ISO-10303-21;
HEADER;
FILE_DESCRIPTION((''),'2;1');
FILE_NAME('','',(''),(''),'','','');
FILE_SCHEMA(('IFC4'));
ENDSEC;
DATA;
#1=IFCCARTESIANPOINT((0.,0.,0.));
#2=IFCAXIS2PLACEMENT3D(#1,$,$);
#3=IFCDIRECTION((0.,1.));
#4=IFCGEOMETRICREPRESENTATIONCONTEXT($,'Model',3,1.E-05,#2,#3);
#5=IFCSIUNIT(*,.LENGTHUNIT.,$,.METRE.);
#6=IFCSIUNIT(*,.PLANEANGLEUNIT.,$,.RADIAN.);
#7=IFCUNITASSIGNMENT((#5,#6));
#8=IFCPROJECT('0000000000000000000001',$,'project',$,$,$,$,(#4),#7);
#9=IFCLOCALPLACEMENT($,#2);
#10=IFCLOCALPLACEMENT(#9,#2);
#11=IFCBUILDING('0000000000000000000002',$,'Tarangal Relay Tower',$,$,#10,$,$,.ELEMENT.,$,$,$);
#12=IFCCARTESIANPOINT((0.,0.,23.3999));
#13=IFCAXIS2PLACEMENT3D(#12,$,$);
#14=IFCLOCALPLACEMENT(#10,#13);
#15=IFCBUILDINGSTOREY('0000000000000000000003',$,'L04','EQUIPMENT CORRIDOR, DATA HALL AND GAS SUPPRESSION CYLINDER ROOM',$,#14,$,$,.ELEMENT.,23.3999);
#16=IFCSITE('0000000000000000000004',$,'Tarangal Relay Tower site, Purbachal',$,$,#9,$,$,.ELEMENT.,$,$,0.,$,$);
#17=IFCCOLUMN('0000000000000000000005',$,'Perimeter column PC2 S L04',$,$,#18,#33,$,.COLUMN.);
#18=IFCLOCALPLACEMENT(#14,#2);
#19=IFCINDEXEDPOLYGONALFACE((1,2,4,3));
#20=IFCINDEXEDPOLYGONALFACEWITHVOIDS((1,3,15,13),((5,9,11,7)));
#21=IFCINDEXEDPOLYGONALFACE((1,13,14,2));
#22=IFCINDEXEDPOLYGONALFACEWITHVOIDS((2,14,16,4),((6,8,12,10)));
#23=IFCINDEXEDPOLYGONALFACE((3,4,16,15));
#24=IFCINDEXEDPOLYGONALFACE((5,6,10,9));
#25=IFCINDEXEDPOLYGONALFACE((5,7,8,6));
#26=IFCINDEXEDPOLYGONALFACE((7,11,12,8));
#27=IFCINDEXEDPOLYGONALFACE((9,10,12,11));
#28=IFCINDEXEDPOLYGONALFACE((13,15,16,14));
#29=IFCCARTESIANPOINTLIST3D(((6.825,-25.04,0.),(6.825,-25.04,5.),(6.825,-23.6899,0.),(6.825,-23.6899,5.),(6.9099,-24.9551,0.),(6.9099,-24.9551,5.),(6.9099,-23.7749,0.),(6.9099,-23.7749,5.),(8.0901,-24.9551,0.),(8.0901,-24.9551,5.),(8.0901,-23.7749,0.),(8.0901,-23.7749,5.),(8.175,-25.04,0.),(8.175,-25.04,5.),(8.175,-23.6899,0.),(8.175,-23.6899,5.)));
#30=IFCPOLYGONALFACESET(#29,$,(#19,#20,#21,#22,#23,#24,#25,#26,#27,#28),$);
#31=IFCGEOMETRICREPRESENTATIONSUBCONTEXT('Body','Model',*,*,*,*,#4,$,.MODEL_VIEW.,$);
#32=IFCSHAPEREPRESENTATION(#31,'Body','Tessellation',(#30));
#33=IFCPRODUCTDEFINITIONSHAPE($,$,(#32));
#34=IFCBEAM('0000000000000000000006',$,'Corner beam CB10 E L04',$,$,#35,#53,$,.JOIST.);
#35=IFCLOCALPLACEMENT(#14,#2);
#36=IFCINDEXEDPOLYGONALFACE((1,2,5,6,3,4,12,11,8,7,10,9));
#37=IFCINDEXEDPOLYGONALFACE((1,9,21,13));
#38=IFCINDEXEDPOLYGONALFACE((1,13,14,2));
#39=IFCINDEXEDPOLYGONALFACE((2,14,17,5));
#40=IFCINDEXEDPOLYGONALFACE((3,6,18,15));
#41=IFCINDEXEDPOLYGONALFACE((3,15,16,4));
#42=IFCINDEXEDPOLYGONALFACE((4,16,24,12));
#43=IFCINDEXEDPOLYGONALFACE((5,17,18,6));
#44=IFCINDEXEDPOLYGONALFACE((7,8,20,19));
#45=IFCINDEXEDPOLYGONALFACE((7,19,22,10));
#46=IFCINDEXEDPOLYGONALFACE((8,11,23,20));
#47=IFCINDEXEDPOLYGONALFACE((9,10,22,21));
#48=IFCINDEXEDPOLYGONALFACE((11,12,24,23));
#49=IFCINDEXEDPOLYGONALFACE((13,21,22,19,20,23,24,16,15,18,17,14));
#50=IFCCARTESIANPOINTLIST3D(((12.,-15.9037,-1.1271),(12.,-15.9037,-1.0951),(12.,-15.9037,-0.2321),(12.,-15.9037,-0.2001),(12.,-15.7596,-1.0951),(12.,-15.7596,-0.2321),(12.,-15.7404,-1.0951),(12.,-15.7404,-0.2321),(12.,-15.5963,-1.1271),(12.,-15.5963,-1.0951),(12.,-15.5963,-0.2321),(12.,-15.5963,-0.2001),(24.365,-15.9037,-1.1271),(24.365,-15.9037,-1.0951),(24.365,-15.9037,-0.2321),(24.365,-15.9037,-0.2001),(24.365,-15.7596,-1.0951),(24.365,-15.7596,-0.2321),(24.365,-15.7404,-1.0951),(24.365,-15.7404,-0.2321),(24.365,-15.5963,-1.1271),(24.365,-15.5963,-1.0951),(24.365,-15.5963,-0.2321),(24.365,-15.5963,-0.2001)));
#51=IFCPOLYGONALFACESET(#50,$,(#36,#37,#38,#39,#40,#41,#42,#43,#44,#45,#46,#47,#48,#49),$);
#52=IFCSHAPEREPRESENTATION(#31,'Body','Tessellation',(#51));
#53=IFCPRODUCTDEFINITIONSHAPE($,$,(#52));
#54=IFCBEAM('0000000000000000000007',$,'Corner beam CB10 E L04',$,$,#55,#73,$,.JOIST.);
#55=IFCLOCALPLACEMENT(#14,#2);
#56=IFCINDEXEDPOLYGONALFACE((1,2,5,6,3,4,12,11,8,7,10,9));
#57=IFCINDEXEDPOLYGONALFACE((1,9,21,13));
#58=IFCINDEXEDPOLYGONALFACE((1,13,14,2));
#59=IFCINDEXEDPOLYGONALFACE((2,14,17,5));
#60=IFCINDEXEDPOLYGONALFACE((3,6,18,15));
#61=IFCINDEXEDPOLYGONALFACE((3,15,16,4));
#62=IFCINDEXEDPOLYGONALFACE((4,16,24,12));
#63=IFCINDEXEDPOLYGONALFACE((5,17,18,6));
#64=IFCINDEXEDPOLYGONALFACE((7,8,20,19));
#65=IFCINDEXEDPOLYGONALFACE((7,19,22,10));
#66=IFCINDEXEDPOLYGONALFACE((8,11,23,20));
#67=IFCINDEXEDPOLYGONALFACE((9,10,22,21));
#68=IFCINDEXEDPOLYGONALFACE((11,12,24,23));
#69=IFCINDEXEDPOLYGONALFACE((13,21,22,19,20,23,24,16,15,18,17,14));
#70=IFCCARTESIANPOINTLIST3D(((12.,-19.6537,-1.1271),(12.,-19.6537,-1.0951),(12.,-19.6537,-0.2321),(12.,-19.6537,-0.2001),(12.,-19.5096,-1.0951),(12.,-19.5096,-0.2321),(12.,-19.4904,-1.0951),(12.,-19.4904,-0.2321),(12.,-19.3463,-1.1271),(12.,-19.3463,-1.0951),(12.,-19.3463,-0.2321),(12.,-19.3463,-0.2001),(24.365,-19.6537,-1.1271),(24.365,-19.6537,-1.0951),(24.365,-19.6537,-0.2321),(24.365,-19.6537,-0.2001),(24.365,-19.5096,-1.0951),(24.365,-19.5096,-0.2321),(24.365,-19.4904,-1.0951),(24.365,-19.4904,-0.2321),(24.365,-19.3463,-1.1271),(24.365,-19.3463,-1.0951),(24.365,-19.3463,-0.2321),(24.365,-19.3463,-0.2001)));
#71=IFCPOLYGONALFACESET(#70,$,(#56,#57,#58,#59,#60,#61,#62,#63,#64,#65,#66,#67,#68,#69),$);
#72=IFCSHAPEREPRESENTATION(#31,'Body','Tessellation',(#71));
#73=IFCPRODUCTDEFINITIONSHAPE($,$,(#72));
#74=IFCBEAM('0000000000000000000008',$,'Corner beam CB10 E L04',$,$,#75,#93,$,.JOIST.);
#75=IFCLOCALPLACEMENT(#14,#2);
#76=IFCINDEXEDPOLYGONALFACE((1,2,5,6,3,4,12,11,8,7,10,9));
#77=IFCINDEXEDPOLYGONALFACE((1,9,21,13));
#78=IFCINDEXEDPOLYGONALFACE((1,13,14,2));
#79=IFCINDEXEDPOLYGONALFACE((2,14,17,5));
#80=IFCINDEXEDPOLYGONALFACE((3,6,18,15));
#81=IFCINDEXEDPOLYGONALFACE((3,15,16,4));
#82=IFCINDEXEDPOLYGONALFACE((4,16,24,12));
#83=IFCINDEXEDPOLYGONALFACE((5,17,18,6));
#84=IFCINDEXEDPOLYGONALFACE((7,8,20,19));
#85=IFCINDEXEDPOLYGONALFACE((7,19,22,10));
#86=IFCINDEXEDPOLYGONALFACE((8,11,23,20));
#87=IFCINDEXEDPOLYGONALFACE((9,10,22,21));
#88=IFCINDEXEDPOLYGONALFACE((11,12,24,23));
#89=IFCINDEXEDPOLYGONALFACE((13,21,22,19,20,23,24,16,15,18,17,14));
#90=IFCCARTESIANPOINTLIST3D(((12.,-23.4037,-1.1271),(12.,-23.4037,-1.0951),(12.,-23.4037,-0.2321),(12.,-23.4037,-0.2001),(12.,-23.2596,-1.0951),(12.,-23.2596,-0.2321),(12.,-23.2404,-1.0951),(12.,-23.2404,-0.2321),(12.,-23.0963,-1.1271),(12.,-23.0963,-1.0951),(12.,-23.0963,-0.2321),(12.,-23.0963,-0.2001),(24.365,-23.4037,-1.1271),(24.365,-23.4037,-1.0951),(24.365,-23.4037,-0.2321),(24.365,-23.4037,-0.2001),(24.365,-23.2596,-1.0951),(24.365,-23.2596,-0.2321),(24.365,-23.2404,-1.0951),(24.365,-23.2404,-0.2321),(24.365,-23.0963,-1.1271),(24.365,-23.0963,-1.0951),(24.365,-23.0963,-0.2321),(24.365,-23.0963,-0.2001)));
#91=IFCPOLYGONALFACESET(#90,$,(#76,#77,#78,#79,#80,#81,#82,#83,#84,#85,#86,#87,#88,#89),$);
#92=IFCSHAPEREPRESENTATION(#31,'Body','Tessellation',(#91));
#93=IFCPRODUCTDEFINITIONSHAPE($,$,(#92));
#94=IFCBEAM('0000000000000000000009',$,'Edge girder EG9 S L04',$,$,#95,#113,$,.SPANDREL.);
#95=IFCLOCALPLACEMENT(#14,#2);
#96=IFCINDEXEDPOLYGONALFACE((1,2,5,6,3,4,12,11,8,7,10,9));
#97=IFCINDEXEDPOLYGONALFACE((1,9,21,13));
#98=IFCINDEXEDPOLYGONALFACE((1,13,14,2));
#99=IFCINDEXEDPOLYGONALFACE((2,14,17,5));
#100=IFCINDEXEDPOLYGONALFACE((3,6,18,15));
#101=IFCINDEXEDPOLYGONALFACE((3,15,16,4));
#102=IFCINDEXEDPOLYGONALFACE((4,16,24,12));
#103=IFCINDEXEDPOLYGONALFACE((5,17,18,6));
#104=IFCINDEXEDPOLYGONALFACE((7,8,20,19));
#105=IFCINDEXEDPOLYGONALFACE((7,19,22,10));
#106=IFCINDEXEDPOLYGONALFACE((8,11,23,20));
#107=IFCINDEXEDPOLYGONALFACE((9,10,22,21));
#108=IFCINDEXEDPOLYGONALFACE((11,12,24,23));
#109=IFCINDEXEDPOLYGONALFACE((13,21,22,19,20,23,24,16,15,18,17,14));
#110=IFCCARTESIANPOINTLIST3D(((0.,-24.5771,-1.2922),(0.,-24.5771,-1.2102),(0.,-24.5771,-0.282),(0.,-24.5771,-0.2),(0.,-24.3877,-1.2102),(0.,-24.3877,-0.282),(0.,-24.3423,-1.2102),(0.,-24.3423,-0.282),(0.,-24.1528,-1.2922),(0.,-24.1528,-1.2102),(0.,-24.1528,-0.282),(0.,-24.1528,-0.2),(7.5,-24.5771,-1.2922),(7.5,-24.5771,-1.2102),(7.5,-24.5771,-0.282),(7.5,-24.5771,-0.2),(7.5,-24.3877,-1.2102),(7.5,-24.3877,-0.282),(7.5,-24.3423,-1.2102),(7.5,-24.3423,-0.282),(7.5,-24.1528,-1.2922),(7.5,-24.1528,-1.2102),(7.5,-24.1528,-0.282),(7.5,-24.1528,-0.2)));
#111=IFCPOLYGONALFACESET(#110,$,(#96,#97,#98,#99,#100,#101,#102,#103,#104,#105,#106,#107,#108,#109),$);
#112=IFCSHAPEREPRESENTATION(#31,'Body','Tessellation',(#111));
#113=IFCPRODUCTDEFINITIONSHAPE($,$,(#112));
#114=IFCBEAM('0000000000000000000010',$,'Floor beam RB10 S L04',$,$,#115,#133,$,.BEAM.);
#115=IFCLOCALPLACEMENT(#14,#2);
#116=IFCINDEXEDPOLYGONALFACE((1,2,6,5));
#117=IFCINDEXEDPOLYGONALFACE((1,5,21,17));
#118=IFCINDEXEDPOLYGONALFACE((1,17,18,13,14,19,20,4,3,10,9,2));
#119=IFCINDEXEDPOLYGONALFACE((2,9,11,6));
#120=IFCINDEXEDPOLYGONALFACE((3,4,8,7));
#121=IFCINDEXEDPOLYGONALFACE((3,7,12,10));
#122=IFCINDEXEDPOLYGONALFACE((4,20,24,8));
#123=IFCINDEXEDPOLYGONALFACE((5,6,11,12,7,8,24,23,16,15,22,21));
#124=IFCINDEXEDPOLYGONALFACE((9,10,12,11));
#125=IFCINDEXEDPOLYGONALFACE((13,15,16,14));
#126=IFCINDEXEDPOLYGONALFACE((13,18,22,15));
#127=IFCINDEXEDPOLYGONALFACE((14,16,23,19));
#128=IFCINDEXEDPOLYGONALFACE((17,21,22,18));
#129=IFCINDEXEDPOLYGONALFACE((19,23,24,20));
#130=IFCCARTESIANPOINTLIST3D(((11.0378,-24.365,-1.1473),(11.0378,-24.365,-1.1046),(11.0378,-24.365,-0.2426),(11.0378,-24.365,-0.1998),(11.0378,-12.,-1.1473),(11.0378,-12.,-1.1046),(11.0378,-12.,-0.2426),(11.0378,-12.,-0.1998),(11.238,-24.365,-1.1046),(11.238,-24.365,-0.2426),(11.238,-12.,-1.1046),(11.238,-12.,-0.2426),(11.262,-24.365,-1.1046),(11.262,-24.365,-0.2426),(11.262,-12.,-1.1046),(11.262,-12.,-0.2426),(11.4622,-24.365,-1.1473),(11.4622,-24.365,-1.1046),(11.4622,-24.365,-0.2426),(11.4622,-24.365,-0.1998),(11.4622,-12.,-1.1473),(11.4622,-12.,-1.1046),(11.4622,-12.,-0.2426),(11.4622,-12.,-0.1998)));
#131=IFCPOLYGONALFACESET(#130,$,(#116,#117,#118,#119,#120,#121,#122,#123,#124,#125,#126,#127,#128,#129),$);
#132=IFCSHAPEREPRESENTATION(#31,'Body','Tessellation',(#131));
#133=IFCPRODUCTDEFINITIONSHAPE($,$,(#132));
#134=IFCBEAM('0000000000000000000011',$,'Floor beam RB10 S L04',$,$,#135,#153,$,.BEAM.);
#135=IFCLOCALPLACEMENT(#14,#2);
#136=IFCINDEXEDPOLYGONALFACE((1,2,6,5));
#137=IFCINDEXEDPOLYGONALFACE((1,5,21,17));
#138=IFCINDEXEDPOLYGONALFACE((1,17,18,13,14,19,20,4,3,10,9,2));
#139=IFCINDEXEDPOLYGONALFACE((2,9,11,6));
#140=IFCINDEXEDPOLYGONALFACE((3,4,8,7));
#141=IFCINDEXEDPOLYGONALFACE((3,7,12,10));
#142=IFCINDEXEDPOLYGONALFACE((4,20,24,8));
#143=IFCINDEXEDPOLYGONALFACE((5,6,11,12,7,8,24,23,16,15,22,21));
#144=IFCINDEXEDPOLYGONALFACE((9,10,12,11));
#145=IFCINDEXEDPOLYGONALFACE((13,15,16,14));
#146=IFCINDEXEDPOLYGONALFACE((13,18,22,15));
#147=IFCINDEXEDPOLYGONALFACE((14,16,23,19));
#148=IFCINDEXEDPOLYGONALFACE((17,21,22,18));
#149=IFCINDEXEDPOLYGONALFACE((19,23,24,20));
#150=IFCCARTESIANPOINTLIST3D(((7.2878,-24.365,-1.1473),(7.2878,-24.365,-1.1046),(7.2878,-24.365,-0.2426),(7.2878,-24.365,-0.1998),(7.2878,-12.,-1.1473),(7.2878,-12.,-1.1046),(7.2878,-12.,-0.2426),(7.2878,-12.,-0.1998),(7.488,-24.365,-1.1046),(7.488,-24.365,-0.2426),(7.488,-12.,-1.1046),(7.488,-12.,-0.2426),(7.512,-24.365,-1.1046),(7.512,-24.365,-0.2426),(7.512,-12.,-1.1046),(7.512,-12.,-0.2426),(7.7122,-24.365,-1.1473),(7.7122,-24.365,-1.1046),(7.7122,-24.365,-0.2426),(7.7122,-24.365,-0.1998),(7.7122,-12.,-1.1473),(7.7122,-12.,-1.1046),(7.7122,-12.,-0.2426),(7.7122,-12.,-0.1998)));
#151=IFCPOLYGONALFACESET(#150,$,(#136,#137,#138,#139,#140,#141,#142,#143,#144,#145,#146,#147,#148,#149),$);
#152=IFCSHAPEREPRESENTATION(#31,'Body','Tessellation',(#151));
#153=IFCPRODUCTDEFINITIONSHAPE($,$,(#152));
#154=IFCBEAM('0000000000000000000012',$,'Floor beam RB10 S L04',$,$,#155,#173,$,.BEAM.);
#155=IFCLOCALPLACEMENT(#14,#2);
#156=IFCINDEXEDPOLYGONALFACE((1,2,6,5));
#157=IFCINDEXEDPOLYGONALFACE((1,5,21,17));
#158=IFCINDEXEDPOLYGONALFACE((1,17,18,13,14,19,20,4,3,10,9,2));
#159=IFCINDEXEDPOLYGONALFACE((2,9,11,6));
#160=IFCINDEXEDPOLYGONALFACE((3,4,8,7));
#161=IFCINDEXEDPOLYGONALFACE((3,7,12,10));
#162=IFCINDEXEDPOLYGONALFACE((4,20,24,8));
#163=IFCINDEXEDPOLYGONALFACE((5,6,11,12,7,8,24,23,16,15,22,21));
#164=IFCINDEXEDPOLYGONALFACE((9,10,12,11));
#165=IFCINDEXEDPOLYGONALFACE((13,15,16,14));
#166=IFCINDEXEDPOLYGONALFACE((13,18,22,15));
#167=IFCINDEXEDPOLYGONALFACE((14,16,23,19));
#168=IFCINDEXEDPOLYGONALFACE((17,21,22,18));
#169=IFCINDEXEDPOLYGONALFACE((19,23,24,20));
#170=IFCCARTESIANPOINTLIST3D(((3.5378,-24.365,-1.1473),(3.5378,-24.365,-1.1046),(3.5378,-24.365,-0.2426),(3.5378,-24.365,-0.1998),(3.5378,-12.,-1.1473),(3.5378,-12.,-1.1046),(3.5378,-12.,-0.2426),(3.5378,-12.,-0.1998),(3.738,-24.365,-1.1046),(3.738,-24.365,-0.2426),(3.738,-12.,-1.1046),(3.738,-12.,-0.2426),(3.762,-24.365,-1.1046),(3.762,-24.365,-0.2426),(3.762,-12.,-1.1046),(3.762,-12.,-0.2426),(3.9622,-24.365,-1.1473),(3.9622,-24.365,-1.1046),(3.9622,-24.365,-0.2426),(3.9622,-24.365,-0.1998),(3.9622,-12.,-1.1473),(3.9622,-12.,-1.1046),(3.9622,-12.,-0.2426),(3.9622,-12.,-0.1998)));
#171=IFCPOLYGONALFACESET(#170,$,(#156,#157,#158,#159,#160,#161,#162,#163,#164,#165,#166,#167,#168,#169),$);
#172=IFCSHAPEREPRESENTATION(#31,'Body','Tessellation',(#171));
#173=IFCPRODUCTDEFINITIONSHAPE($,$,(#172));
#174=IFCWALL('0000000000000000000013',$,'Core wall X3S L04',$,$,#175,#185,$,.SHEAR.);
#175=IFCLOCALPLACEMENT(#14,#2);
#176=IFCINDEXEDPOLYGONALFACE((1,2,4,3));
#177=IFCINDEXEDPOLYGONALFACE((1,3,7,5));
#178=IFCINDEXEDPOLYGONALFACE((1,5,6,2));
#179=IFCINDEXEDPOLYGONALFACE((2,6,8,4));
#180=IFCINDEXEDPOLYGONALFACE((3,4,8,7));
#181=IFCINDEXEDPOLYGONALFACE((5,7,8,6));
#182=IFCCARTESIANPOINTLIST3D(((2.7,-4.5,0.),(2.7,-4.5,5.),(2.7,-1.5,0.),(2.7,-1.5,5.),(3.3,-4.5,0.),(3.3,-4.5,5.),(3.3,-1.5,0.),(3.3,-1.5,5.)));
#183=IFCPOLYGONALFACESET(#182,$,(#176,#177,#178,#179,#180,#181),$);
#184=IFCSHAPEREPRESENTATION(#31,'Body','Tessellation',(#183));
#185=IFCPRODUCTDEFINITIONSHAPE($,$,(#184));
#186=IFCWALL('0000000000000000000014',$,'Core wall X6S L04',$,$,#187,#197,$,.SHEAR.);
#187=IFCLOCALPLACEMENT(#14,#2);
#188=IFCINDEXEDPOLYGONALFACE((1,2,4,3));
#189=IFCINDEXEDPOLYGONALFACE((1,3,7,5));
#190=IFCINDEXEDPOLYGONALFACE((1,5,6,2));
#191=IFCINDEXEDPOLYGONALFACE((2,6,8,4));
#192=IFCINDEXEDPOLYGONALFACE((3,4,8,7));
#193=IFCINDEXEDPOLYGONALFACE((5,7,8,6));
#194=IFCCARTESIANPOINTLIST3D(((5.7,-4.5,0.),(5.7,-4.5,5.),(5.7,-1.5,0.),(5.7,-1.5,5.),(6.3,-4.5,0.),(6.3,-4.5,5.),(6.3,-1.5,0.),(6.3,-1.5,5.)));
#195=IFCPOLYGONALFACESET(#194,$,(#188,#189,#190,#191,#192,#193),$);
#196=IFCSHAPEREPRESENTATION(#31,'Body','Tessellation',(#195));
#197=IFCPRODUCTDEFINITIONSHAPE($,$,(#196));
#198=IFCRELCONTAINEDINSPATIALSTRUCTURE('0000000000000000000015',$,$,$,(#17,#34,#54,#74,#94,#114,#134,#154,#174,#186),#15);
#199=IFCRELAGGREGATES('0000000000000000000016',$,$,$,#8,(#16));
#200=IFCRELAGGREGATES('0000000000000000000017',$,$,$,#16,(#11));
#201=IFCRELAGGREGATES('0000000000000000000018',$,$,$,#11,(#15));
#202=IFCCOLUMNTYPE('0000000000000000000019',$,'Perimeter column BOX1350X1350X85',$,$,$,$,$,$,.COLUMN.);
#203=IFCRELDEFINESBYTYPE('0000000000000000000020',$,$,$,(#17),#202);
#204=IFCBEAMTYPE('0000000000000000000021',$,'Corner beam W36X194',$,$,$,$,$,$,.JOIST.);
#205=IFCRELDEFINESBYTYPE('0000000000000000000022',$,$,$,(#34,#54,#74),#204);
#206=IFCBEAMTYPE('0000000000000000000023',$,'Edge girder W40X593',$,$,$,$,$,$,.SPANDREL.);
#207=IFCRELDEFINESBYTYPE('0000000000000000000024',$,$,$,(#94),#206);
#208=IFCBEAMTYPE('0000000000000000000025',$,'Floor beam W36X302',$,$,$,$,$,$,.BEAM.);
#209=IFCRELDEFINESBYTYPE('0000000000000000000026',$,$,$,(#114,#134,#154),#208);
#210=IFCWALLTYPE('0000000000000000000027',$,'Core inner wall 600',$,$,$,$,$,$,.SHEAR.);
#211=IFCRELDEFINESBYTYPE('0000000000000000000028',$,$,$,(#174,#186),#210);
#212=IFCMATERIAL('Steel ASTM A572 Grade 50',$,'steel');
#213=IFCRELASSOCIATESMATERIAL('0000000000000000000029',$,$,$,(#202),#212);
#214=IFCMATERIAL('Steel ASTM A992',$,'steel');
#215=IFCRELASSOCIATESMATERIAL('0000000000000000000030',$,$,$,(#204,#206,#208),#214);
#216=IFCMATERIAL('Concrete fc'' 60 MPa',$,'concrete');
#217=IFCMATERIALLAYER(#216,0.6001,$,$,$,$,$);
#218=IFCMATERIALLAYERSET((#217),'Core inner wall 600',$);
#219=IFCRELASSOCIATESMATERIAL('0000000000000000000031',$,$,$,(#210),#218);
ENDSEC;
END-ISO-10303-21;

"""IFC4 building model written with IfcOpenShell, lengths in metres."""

from ifc_helpers import new_model, si_unit, direction, frame, frame_2d, origin, origin_2d, place, context, subcontext, project, spatial, rectangle, hollow_rectangle, i_section, extrude, material, layer, layer_set, material_profile, profile_set, type_object, element, save


model = new_model("IFC4")

# Units and contexts
model_context = context("Model", 3, precision=1e-05, world=origin(), true_north=direction((0.0, 1.0)))
body_context = subcontext(model_context, "Body", "Model", "MODEL_VIEW")
ifc_project = project(units=[si_unit("LENGTHUNIT", "METRE"), si_unit("PLANEANGLEUNIT", "RADIAN")], contexts=[model_context])

# Site, building, storey
site_placement = place(None, origin())
site = spatial("IfcSite", under=ifc_project, at=site_placement, Name="Tarangal Relay Tower site, Purbachal", CompositionType="ELEMENT", RefElevation=0.0)
building_placement = place(site_placement, origin())
building = spatial("IfcBuilding", under=site, at=building_placement, Name="Tarangal Relay Tower", CompositionType="ELEMENT")
storey_placement = place(building_placement, frame((0.0, 0.0, 23.3999)))
storey = spatial("IfcBuildingStorey", under=building, at=storey_placement, Name="L04", Description="EQUIPMENT CORRIDOR, DATA HALL AND GAS SUPPRESSION CYLINDER ROOM", CompositionType="ELEMENT", Elevation=23.3999)

# Column
ifc_material_1 = material(Name="Steel ASTM A572 Grade 50", Category="steel")
ifc_material_profile_1 = material_profile(ifc_material_1, hollow_rectangle(XDim=1.3501, YDim=1.3501, WallThickness=0.085, at=origin_2d()), Name="BOX1350X1350X85")
ifc_profile_set_1 = profile_set([ifc_material_profile_1], Name="Steel ASTM A572 Grade 50")
column_type = type_object("IfcColumnType", Name="Perimeter column BOX1350X1350X85", PredefinedType="COLUMN", material=ifc_profile_set_1)
column_placement = place(storey_placement, frame((7.5, -24.365, 0.0), z_axis=(0.0, 0.0, 1.0), x_axis=(1.0, 0.0, 0.0)))
element("IfcColumn", 1, at=column_placement, inside=storey, type_object=column_type, Name="Perimeter column PC2 S L04", PredefinedType="COLUMN", context=body_context, shape_type="SweptSolid", body=[
    extrude(hollow_rectangle(XDim=1.3501, YDim=1.3501, WallThickness=0.085, at=origin_2d()), origin(), (0.0, 0.0, 1.0), 5.0),
])

# Beams
ifc_material_2 = material(Name="Steel ASTM A992", Category="steel")
ifc_material_profile_2 = material_profile(ifc_material_2, i_section(OverallWidth=0.3074, OverallDepth=0.927, WebThickness=0.0193, FlangeThickness=0.032, at=origin_2d()), Name="W36X194")
ifc_profile_set_2 = profile_set([ifc_material_profile_2], Name="Steel ASTM A992")
beam_type_1 = type_object("IfcBeamType", Name="Corner beam W36X194", PredefinedType="JOIST", material=ifc_profile_set_2)
for number, where, z_axis, x_axis, name in (
    (2, (12.0, -15.75, -0.6636), (1.0, 0.0, 0.0), (0.0, 1.0, 0.0), "Corner beam CB10 E L04"),
    (3, (12.0, -19.5, -0.6636), (1.0, 0.0, 0.0), (0.0, 1.0, 0.0), "Corner beam CB10 E L04"),
    (4, (12.0, -23.25, -0.6636), (1.0, 0.0, 0.0), (0.0, 1.0, 0.0), "Corner beam CB10 E L04"),
):
    element("IfcBeam", number, at=place(storey_placement, frame(where, z_axis=z_axis, x_axis=x_axis)), inside=storey, type_object=beam_type_1, Name=name, PredefinedType="JOIST", context=body_context, shape_type="SweptSolid", body=[
        extrude(i_section(OverallWidth=0.3074, OverallDepth=0.927, WebThickness=0.0193, FlangeThickness=0.032, at=origin_2d()), origin(), (0.0, 0.0, 1.0), 12.365),
    ])
ifc_material_profile_3 = material_profile(ifc_material_2, i_section(OverallWidth=0.4243, OverallDepth=1.0923, WebThickness=0.0454, FlangeThickness=0.082, at=origin_2d()), Name="W40X593")
ifc_profile_set_3 = profile_set([ifc_material_profile_3], Name="Steel ASTM A992")
beam_type_2 = type_object("IfcBeamType", Name="Edge girder W40X593", PredefinedType="SPANDREL", material=ifc_profile_set_3)
beam_placement = place(storey_placement, frame((7.5, -24.365, -0.7461), z_axis=(-1.0, 0.0, 0.0), x_axis=(0.0, -1.0, 0.0)))
element("IfcBeam", 5, at=beam_placement, inside=storey, type_object=beam_type_2, Name="Edge girder EG9 S L04", PredefinedType="SPANDREL", context=body_context, shape_type="SweptSolid", body=[
    extrude(i_section(OverallWidth=0.4243, OverallDepth=1.0923, WebThickness=0.0454, FlangeThickness=0.082, at=origin_2d()), origin(), (0.0, 0.0, 1.0), 7.5),
])
ifc_material_profile_4 = material_profile(ifc_material_2, i_section(OverallWidth=0.4243, OverallDepth=0.9475, WebThickness=0.0239, FlangeThickness=0.0427, at=origin_2d()), Name="W36X302")
ifc_profile_set_4 = profile_set([ifc_material_profile_4], Name="Steel ASTM A992")
beam_type_3 = type_object("IfcBeamType", Name="Floor beam W36X302", PredefinedType="BEAM", material=ifc_profile_set_4)
for number, where, z_axis, x_axis, name in (
    (6, (11.25, -12.0, -0.6736), (0.0, -1.0, 0.0), (1.0, 0.0, 0.0), "Floor beam RB10 S L04"),
    (7, (7.5, -12.0, -0.6736), (0.0, -1.0, 0.0), (1.0, 0.0, 0.0), "Floor beam RB10 S L04"),
    (8, (3.75, -12.0, -0.6736), (0.0, -1.0, 0.0), (1.0, 0.0, 0.0), "Floor beam RB10 S L04"),
):
    element("IfcBeam", number, at=place(storey_placement, frame(where, z_axis=z_axis, x_axis=x_axis)), inside=storey, type_object=beam_type_3, Name=name, PredefinedType="BEAM", context=body_context, shape_type="SweptSolid", body=[
        extrude(i_section(OverallWidth=0.4243, OverallDepth=0.9475, WebThickness=0.0239, FlangeThickness=0.0427, at=origin_2d()), origin(), (0.0, 0.0, 1.0), 12.365),
    ])

# Walls
ifc_material_3 = material(Name="Concrete fc' 60 MPa", Category="concrete")
ifc_layer_1 = layer(ifc_material_3, 0.6001)
ifc_layer_set_1 = layer_set([ifc_layer_1], Name="Core inner wall 600")
wall_type_1 = type_object("IfcWallType", Name="Core inner wall 600", PredefinedType="SHEAR", material=ifc_layer_set_1)
for number, where, z_axis, x_axis, name in (
    (9, (3.0, -4.5, 0.0), (0.0, 0.0, 1.0), (0.0, 1.0, 0.0), "Core wall X3S L04"),
    (10, (6.0, -4.5, 0.0), (0.0, 0.0, 1.0), (0.0, 1.0, 0.0), "Core wall X6S L04"),
):
    element("IfcWall", number, at=place(storey_placement, frame(where, z_axis=z_axis, x_axis=x_axis)), inside=storey, type_object=wall_type_1, Name=name, PredefinedType="SHEAR", context=body_context, shape_type="SweptSolid", body=[
        extrude(rectangle(XDim=3.0, YDim=0.6001, at=frame_2d((1.5, 0.0))), origin(), (0.0, 0.0, 1.0), 5.0),
    ])

save(model, "model.ifc")
